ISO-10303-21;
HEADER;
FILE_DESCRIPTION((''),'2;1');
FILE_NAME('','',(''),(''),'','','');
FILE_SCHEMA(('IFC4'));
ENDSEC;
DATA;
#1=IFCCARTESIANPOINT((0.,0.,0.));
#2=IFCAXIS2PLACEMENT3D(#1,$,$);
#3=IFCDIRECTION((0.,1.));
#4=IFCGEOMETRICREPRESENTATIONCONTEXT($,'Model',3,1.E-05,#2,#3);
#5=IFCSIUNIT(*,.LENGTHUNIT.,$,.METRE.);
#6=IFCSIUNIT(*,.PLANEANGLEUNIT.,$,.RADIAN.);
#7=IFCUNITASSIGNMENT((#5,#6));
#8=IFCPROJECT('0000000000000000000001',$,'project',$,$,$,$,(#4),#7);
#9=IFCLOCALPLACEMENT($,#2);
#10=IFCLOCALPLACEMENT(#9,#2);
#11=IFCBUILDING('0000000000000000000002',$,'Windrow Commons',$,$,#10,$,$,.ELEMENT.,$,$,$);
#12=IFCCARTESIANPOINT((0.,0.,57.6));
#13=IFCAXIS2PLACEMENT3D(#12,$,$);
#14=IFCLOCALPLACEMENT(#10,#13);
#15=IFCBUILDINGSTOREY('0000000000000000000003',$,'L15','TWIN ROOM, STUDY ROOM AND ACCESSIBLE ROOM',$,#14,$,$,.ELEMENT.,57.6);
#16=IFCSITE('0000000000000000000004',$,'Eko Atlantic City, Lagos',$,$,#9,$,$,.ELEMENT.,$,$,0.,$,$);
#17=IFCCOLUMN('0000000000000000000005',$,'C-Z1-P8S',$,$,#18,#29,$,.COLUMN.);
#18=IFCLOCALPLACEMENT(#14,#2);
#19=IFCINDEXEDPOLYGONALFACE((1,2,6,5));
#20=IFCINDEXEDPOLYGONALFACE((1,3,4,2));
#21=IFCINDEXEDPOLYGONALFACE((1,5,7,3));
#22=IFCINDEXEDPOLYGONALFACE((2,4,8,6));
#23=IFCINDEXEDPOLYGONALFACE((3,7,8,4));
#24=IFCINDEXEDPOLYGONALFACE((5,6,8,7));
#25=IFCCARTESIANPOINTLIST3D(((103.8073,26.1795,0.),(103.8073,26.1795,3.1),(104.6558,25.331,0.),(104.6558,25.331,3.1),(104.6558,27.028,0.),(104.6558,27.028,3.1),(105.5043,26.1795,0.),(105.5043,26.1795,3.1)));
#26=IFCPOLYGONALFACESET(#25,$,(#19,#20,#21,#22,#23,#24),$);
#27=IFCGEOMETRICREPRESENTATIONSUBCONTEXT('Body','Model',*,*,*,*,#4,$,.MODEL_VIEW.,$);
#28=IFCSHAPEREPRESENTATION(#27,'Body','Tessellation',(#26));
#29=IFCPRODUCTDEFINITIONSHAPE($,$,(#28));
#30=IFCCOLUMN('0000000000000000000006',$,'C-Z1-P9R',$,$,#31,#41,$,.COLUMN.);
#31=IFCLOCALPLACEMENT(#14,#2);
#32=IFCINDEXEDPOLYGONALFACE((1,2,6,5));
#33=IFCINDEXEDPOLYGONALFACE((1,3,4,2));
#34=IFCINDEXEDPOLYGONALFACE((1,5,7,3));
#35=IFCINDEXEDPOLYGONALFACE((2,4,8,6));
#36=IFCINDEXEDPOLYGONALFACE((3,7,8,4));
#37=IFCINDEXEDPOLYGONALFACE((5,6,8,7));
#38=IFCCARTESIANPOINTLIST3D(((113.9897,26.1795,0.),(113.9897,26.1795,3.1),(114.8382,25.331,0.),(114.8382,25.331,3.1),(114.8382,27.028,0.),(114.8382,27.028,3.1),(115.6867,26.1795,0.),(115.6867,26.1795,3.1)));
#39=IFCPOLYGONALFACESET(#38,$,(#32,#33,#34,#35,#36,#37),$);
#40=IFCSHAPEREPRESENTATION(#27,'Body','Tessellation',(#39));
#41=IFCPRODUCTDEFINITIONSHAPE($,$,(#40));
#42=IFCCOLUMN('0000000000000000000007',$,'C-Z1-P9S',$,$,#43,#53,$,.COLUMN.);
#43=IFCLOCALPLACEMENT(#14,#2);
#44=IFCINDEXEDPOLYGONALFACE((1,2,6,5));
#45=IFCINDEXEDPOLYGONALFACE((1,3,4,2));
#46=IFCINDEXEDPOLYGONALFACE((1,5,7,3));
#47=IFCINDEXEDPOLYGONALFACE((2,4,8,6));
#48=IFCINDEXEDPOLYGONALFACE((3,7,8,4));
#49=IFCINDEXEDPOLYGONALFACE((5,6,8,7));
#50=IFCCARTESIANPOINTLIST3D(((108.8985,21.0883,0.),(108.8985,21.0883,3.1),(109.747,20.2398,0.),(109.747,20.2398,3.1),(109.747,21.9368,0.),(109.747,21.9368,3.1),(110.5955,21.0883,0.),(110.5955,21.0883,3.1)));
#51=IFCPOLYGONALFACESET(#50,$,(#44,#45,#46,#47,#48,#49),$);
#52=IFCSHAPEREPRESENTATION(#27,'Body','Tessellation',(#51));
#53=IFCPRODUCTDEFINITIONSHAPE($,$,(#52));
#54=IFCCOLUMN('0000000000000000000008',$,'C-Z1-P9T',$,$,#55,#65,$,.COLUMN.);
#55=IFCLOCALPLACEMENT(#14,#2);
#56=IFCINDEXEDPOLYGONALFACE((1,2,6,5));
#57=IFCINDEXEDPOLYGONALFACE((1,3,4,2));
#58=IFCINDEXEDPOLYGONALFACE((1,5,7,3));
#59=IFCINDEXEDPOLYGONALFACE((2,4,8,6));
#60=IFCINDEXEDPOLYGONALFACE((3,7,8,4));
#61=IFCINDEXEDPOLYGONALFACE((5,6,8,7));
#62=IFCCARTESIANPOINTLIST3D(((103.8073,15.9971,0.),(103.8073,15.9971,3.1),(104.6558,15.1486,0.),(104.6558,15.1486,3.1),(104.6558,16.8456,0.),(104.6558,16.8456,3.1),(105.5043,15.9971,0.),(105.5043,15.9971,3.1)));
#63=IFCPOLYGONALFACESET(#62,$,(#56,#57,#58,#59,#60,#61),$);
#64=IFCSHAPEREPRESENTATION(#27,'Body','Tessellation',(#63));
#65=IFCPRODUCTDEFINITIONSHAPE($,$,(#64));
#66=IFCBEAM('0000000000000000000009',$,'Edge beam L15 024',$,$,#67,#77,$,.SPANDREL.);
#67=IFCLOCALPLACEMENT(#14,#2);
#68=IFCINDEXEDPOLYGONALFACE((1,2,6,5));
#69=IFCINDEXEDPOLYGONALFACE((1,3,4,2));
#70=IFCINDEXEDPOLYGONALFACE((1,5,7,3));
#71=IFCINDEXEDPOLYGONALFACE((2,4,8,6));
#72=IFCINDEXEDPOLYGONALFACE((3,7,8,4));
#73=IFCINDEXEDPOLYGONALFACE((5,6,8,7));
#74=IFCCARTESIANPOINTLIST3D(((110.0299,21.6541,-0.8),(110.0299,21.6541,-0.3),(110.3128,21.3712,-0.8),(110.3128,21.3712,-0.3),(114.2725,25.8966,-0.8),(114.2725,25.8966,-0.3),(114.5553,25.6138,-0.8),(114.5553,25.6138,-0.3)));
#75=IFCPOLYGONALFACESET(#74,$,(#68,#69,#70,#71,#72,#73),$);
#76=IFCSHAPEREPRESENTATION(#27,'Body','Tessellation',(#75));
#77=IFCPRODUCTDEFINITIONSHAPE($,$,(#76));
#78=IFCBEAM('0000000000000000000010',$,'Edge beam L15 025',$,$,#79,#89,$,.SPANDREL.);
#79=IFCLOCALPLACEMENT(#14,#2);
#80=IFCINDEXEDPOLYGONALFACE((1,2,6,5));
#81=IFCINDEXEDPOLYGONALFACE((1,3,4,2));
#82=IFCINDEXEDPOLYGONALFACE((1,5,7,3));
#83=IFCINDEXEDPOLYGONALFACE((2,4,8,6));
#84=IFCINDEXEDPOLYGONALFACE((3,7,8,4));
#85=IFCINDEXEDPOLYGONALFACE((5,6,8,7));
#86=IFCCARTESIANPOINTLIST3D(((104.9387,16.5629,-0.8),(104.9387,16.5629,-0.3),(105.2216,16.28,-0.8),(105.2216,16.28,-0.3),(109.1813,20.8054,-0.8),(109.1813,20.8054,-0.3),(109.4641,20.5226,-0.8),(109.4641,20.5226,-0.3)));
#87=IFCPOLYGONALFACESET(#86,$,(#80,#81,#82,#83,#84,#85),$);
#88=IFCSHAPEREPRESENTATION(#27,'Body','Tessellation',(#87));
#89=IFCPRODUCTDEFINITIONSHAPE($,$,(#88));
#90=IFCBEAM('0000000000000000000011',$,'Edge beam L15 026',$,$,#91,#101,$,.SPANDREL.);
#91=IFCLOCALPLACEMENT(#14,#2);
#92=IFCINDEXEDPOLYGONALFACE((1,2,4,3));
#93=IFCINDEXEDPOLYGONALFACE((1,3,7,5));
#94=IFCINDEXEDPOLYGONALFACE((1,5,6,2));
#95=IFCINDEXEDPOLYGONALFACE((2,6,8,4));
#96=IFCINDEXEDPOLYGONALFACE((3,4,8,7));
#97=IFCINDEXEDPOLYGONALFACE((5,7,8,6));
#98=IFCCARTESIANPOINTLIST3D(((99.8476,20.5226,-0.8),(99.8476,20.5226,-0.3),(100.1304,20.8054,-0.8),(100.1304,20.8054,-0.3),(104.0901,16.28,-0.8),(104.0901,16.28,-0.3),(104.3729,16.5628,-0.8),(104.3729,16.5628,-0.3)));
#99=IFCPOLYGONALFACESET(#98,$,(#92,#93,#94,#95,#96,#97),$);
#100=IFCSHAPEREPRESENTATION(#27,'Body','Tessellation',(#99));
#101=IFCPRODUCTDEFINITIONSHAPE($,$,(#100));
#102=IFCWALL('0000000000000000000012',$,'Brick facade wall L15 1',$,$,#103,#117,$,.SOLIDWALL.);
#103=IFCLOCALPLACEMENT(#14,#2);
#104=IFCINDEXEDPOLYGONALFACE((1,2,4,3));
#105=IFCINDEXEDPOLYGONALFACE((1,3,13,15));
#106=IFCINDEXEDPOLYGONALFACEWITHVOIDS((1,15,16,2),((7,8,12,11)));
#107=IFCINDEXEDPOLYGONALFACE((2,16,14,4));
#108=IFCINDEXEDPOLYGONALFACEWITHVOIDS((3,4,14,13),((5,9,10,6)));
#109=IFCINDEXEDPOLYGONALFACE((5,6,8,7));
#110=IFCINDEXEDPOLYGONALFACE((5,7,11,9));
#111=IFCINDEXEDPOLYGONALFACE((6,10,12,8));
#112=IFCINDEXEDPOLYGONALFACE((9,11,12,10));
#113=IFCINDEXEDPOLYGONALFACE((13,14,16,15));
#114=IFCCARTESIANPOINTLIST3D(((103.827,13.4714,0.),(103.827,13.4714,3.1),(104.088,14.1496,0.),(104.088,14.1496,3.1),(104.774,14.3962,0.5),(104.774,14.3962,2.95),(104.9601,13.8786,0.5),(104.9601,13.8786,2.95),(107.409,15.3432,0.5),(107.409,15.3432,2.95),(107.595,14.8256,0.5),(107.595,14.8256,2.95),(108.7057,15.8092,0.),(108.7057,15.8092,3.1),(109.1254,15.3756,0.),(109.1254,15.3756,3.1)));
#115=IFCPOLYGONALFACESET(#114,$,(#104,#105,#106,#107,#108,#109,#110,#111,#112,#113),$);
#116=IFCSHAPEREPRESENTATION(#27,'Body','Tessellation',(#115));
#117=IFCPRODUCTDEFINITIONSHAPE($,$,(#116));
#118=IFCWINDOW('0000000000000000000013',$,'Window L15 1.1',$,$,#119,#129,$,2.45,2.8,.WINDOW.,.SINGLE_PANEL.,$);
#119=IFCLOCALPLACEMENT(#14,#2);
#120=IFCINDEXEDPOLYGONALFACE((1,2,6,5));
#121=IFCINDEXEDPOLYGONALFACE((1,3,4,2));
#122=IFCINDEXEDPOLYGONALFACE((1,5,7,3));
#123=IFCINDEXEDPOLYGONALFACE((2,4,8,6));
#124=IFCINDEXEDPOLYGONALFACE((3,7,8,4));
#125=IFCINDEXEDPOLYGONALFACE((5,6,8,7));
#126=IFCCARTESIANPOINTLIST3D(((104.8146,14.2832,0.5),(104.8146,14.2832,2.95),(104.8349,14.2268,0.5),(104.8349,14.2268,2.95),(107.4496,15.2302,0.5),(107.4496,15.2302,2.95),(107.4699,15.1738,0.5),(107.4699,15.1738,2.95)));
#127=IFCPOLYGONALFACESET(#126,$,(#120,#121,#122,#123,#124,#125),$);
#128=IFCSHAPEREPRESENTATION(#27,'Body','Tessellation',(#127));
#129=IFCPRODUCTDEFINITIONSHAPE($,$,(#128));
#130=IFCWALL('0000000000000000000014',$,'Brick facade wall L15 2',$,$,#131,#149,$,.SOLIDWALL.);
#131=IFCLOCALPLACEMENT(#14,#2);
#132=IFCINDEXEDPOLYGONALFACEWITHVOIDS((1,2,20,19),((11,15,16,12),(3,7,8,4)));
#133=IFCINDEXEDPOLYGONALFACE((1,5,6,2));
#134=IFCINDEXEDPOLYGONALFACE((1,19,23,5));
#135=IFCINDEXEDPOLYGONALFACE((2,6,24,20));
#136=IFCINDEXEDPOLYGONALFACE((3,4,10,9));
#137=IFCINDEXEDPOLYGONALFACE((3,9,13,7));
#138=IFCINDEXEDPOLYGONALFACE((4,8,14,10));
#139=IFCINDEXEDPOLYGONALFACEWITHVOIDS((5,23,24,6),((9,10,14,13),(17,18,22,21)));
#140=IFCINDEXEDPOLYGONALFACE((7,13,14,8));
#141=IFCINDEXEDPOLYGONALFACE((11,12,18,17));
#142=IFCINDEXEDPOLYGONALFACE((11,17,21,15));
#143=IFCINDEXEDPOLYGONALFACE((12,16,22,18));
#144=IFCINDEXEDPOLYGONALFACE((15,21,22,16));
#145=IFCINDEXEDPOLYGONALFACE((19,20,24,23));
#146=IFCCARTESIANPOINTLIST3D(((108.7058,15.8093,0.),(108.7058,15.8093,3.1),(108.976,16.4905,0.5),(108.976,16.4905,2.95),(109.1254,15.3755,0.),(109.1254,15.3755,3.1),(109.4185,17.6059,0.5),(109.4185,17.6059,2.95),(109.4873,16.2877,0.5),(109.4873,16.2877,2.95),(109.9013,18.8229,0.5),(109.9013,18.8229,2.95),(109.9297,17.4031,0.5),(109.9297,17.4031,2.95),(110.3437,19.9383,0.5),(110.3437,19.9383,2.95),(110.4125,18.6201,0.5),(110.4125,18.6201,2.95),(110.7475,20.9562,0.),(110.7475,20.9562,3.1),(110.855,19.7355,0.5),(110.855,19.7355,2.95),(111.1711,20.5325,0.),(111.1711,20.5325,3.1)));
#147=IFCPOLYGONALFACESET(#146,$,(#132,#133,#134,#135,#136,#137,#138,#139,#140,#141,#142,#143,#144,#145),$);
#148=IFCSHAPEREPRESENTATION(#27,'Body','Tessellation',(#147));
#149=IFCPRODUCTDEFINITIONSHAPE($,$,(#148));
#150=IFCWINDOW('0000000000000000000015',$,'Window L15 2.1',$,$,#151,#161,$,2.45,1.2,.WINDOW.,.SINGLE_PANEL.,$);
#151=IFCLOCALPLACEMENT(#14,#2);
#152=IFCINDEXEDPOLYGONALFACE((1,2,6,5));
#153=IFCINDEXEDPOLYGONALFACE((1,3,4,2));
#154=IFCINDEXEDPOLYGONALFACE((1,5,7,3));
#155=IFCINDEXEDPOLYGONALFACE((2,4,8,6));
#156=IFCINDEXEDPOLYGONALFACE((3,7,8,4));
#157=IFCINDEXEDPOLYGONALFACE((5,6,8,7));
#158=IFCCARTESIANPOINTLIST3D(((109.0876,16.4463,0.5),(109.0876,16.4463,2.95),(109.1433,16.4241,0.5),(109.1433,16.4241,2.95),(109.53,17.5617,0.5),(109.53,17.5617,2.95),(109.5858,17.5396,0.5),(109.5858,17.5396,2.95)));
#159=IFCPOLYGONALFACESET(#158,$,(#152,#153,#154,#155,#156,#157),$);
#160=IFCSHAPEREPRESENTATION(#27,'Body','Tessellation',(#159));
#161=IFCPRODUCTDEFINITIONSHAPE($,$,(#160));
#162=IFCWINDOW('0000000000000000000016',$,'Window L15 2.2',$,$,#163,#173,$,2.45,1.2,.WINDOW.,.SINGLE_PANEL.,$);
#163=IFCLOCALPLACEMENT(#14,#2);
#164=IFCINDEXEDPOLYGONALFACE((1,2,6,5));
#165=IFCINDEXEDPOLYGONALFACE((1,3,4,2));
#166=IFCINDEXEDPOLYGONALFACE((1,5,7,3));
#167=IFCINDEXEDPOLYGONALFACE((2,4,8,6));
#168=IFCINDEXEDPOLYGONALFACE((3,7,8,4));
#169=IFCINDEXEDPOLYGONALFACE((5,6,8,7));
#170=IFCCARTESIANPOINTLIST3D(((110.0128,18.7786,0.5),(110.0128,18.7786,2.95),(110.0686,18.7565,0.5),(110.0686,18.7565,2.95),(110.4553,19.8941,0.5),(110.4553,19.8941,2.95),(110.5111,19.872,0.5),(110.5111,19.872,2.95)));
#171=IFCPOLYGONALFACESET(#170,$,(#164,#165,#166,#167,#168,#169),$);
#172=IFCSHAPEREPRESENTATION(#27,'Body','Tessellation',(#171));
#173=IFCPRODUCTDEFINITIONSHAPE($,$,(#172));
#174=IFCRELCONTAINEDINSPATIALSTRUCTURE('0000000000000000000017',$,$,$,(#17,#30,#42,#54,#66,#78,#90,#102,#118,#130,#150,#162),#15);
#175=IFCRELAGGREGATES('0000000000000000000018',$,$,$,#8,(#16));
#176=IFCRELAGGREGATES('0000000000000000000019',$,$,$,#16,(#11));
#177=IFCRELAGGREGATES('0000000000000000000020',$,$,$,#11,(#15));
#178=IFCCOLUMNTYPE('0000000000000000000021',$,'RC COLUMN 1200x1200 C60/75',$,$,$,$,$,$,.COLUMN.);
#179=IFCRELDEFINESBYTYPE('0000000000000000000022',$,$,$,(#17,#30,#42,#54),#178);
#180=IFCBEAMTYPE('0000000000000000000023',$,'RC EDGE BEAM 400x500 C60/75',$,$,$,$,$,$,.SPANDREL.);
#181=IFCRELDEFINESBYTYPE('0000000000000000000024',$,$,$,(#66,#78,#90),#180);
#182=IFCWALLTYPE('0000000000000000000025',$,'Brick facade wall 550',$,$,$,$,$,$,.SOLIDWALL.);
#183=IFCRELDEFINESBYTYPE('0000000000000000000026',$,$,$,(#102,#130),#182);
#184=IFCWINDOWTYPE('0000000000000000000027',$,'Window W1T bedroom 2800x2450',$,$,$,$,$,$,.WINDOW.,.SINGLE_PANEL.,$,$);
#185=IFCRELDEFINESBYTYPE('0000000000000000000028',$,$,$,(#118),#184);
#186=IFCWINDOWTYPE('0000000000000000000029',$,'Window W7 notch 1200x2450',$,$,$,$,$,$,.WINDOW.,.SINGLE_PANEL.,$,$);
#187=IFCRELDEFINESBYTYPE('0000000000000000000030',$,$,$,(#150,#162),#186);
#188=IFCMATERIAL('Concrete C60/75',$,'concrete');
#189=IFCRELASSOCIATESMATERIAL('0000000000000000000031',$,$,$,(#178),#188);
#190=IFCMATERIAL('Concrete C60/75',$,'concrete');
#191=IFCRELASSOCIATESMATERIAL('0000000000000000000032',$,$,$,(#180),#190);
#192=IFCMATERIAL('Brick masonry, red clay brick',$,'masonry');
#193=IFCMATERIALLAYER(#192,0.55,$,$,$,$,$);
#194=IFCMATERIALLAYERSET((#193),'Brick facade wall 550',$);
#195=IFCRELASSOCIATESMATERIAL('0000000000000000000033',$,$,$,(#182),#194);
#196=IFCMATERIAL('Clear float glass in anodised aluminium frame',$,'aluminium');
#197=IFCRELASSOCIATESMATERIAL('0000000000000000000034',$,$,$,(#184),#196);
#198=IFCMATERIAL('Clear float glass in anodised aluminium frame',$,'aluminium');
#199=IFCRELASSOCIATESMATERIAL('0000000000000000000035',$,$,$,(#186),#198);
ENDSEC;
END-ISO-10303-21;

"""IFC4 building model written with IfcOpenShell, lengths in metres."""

from ifc_helpers import new_model, si_unit, direction, frame, frame_2d, origin, origin_2d, place, context, subcontext, project, spatial, polyline, rectangle, outline, extrude, material, layer, layer_set, material_profile, profile_set, type_object, element, fill, save


model = new_model("IFC4")

# Units and contexts
model_context = context("Model", 3, precision=1e-05, world=origin(), true_north=direction((0.0, 1.0)))
body_context = subcontext(model_context, "Body", "Model", "MODEL_VIEW")
ifc_project = project(units=[si_unit("LENGTHUNIT", "METRE"), si_unit("PLANEANGLEUNIT", "RADIAN")], contexts=[model_context])

# Site, building, storey
site_placement = place(None, origin())
site = spatial("IfcSite", under=ifc_project, at=site_placement, Name="Eko Atlantic City, Lagos", CompositionType="ELEMENT", RefElevation=0.0)
building_placement = place(site_placement, origin())
building = spatial("IfcBuilding", under=site, at=building_placement, Name="Windrow Commons", CompositionType="ELEMENT")
storey_placement = place(building_placement, frame((0.0, 0.0, 57.6)))
storey = spatial("IfcBuildingStorey", under=building, at=storey_placement, Name="L15", Description="TWIN ROOM, STUDY ROOM AND ACCESSIBLE ROOM", CompositionType="ELEMENT", Elevation=57.6)

# Columns
ifc_material_1 = material(Name="Concrete C60/75", Category="concrete")
ifc_material_profile_1 = material_profile(ifc_material_1, rectangle(XDim=1.2, YDim=1.2, at=origin_2d()))
ifc_profile_set_1 = profile_set([ifc_material_profile_1], Name="Concrete C60/75")
column_type = type_object("IfcColumnType", Name="RC COLUMN 1200x1200 C60/75", PredefinedType="COLUMN", material=ifc_profile_set_1)
for number, where, z_axis, x_axis, name in (
    (1, (104.6558, 26.1795, 0.0), (0.0, 0.0, 1.0), (0.707107, -0.707107, 0.0), "C-Z1-P8S"),
    (2, (114.8382, 26.1795, 0.0), (0.0, 0.0, 1.0), (0.707107, -0.707107, 0.0), "C-Z1-P9R"),
    (3, (109.747, 21.0883, 0.0), (0.0, 0.0, 1.0), (0.707107, -0.707107, 0.0), "C-Z1-P9S"),
    (4, (104.6558, 15.9971, 0.0), (0.0, 0.0, 1.0), (0.707107, -0.707107, 0.0), "C-Z1-P9T"),
):
    element("IfcColumn", number, at=place(storey_placement, frame(where, z_axis=z_axis, x_axis=x_axis)), inside=storey, type_object=column_type, Name=name, PredefinedType="COLUMN", context=body_context, shape_type="SweptSolid", body=[
        extrude(rectangle(XDim=1.2, YDim=1.2, at=origin_2d()), origin(), (0.0, 0.0, 1.0), 3.1),
    ])

# Beams
ifc_material_2 = material(Name="Concrete C60/75", Category="concrete")
ifc_material_profile_2 = material_profile(ifc_material_2, rectangle(XDim=0.4, YDim=0.5, at=origin_2d()))
ifc_profile_set_2 = profile_set([ifc_material_profile_2], Name="Concrete C60/75")
beam_type = type_object("IfcBeamType", Name="RC EDGE BEAM 400x500 C60/75", PredefinedType="SPANDREL", material=ifc_profile_set_2)
for number, where, z_axis, x_axis, name in (
    (5, (114.4139, 25.7552, -0.55), (-0.707107, -0.707107, 0.0), (0.707107, -0.707107, 0.0), "Edge beam L15 024"),
    (6, (109.3227, 20.664, -0.55), (-0.707107, -0.707107, 0.0), (0.707107, -0.707107, 0.0), "Edge beam L15 025"),
    (7, (104.2315, 16.4214, -0.55), (-0.707098, 0.707115, 0.0), (-0.707115, -0.707098, 0.0), "Edge beam L15 026"),
):
    element("IfcBeam", number, at=place(storey_placement, frame(where, z_axis=z_axis, x_axis=x_axis)), inside=storey, type_object=beam_type, Name=name, PredefinedType="SPANDREL", context=body_context, shape_type="SweptSolid", body=[
        extrude(rectangle(XDim=0.4, YDim=0.5, at=origin_2d()), origin(), (0.0, 0.0, 1.0), 5.9999),
    ])

# Wall, opening, window
ifc_material_3 = material(Name="Brick masonry, red clay brick", Category="masonry")
ifc_layer_1 = layer(ifc_material_3, 0.55)
ifc_layer_set_1 = layer_set([ifc_layer_1], Name="Brick facade wall 550")
wall_type_1 = type_object("IfcWallType", Name="Brick facade wall 550", PredefinedType="SOLIDWALL", material=ifc_layer_set_1)
wall_1_placement = place(storey_placement, frame((103.9575, 13.8105, 0.0), z_axis=(0.0, 0.0, 1.0), x_axis=(0.94107, 0.338213, 0.0)))
wall_1 = element("IfcWall", 8, at=wall_1_placement, inside=storey, type_object=wall_type_1, Name="Brick facade wall L15 1", PredefinedType="SOLIDWALL", context=body_context, shape_type="SweptSolid", body=[
    extrude(outline(polyline([(-0.2375, -0.275), (5.3927, -0.275), (5.1444, 0.275), (0.2375, 0.275), (-0.2375, -0.275)])), origin(), (0.0, 0.0, 1.0), 3.1),
])
opening_1_placement = place(wall_1_placement, frame((0.9665, 0.0, 0.5)))
opening_1 = element("IfcOpeningElement", 9, at=opening_1_placement, cuts=wall_1, PredefinedType="OPENING", context=body_context, shape_type="SweptSolid", body=[
    extrude(rectangle(XDim=2.8, YDim=2.45, at=frame_2d((1.4, 1.225))), frame((0.0, 0.285, 0.0), z_axis=(0.0, -1.0, 0.0), x_axis=(1.0, 0.0, 0.0)), (0.0, 0.0, 1.0), 0.57),
])
ifc_material_4 = material(Name="Clear float glass in anodised aluminium frame", Category="aluminium")
window_type_1 = type_object("IfcWindowType", Name="Window W1T bedroom 2800x2450", PartitioningType="SINGLE_PANEL", PredefinedType="WINDOW", material=ifc_material_4)
window_1_placement = place(opening_1_placement, origin())
window_1 = element("IfcWindow", 10, at=window_1_placement, inside=storey, type_object=window_type_1, Name="Window L15 1.1", OverallHeight=2.45, OverallWidth=2.8, PartitioningType="SINGLE_PANEL", PredefinedType="WINDOW", context=body_context, shape_type="SweptSolid", body=[
    extrude(rectangle(XDim=2.8, YDim=2.45, at=frame_2d((1.4, 1.225))), frame((0.0, 0.155, 0.0), z_axis=(0.0, -1.0, 0.0), x_axis=(1.0, 0.0, 0.0)), (0.0, 0.0, 1.0), 0.06),
])
fill(opening_1, window_1)

# Wall, openings, windows
wall_2_placement = place(storey_placement, frame((108.9156, 15.5924, 0.0), z_axis=(0.0, 0.0, 1.0), x_axis=(0.368736, 0.929534, 0.0)))
wall_2 = element("IfcWall", 11, at=wall_2_placement, inside=storey, type_object=wall_type_1, Name="Brick facade wall L15 2", PredefinedType="SOLIDWALL", context=body_context, shape_type="SweptSolid", body=[
    extrude(outline(polyline([(-0.1242, -0.275), (5.4237, -0.275), (5.6613, 0.275), (0.1242, 0.275), (-0.1242, -0.275)])), origin(), (0.0, 0.0, 1.0), 3.1),
])
opening_2_placement = place(wall_2_placement, frame((0.8571, 0.0, 0.5)))
opening_2 = element("IfcOpeningElement", 12, at=opening_2_placement, cuts=wall_2, PredefinedType="OPENING", context=body_context, shape_type="SweptSolid", body=[
    extrude(rectangle(XDim=1.2, YDim=2.45, at=frame_2d((0.6, 1.225))), frame((0.0, 0.285, 0.0), z_axis=(0.0, -1.0, 0.0), x_axis=(1.0, 0.0, 0.0)), (0.0, 0.0, 1.0), 0.57),
])
opening_3_placement = place(wall_2_placement, frame((3.3663, 0.0, 0.5)))
opening_3 = element("IfcOpeningElement", 13, at=opening_3_placement, cuts=wall_2, PredefinedType="OPENING", context=body_context, shape_type="SweptSolid", body=[
    extrude(rectangle(XDim=1.2, YDim=2.45, at=frame_2d((0.6, 1.225))), frame((0.0, 0.285, 0.0), z_axis=(0.0, -1.0, 0.0), x_axis=(1.0, 0.0, 0.0)), (0.0, 0.0, 1.0), 0.57),
])
ifc_material_5 = material(Name="Clear float glass in anodised aluminium frame", Category="aluminium")
window_type_2 = type_object("IfcWindowType", Name="Window W7 notch 1200x2450", PartitioningType="SINGLE_PANEL", PredefinedType="WINDOW", material=ifc_material_5)
window_2_placement = place(opening_2_placement, origin())
window_2 = element("IfcWindow", 14, at=window_2_placement, inside=storey, type_object=window_type_2, Name="Window L15 2.1", OverallHeight=2.45, OverallWidth=1.2, PartitioningType="SINGLE_PANEL", PredefinedType="WINDOW", context=body_context, shape_type="SweptSolid", body=[
    extrude(rectangle(XDim=1.2, YDim=2.45, at=frame_2d((0.6, 1.225))), frame((0.0, 0.155, 0.0), z_axis=(0.0, -1.0, 0.0), x_axis=(1.0, 0.0, 0.0)), (0.0, 0.0, 1.0), 0.06),
])
fill(opening_2, window_2)
window_3_placement = place(opening_3_placement, origin())
window_3 = element("IfcWindow", 15, at=window_3_placement, inside=storey, type_object=window_type_2, Name="Window L15 2.2", OverallHeight=2.45, OverallWidth=1.2, PartitioningType="SINGLE_PANEL", PredefinedType="WINDOW", context=body_context, shape_type="SweptSolid", body=[
    extrude(rectangle(XDim=1.2, YDim=2.45, at=frame_2d((0.6, 1.225))), frame((0.0, 0.155, 0.0), z_axis=(0.0, -1.0, 0.0), x_axis=(1.0, 0.0, 0.0)), (0.0, 0.0, 1.0), 0.06),
])
fill(opening_3, window_3)

save(model, "model.ifc")
